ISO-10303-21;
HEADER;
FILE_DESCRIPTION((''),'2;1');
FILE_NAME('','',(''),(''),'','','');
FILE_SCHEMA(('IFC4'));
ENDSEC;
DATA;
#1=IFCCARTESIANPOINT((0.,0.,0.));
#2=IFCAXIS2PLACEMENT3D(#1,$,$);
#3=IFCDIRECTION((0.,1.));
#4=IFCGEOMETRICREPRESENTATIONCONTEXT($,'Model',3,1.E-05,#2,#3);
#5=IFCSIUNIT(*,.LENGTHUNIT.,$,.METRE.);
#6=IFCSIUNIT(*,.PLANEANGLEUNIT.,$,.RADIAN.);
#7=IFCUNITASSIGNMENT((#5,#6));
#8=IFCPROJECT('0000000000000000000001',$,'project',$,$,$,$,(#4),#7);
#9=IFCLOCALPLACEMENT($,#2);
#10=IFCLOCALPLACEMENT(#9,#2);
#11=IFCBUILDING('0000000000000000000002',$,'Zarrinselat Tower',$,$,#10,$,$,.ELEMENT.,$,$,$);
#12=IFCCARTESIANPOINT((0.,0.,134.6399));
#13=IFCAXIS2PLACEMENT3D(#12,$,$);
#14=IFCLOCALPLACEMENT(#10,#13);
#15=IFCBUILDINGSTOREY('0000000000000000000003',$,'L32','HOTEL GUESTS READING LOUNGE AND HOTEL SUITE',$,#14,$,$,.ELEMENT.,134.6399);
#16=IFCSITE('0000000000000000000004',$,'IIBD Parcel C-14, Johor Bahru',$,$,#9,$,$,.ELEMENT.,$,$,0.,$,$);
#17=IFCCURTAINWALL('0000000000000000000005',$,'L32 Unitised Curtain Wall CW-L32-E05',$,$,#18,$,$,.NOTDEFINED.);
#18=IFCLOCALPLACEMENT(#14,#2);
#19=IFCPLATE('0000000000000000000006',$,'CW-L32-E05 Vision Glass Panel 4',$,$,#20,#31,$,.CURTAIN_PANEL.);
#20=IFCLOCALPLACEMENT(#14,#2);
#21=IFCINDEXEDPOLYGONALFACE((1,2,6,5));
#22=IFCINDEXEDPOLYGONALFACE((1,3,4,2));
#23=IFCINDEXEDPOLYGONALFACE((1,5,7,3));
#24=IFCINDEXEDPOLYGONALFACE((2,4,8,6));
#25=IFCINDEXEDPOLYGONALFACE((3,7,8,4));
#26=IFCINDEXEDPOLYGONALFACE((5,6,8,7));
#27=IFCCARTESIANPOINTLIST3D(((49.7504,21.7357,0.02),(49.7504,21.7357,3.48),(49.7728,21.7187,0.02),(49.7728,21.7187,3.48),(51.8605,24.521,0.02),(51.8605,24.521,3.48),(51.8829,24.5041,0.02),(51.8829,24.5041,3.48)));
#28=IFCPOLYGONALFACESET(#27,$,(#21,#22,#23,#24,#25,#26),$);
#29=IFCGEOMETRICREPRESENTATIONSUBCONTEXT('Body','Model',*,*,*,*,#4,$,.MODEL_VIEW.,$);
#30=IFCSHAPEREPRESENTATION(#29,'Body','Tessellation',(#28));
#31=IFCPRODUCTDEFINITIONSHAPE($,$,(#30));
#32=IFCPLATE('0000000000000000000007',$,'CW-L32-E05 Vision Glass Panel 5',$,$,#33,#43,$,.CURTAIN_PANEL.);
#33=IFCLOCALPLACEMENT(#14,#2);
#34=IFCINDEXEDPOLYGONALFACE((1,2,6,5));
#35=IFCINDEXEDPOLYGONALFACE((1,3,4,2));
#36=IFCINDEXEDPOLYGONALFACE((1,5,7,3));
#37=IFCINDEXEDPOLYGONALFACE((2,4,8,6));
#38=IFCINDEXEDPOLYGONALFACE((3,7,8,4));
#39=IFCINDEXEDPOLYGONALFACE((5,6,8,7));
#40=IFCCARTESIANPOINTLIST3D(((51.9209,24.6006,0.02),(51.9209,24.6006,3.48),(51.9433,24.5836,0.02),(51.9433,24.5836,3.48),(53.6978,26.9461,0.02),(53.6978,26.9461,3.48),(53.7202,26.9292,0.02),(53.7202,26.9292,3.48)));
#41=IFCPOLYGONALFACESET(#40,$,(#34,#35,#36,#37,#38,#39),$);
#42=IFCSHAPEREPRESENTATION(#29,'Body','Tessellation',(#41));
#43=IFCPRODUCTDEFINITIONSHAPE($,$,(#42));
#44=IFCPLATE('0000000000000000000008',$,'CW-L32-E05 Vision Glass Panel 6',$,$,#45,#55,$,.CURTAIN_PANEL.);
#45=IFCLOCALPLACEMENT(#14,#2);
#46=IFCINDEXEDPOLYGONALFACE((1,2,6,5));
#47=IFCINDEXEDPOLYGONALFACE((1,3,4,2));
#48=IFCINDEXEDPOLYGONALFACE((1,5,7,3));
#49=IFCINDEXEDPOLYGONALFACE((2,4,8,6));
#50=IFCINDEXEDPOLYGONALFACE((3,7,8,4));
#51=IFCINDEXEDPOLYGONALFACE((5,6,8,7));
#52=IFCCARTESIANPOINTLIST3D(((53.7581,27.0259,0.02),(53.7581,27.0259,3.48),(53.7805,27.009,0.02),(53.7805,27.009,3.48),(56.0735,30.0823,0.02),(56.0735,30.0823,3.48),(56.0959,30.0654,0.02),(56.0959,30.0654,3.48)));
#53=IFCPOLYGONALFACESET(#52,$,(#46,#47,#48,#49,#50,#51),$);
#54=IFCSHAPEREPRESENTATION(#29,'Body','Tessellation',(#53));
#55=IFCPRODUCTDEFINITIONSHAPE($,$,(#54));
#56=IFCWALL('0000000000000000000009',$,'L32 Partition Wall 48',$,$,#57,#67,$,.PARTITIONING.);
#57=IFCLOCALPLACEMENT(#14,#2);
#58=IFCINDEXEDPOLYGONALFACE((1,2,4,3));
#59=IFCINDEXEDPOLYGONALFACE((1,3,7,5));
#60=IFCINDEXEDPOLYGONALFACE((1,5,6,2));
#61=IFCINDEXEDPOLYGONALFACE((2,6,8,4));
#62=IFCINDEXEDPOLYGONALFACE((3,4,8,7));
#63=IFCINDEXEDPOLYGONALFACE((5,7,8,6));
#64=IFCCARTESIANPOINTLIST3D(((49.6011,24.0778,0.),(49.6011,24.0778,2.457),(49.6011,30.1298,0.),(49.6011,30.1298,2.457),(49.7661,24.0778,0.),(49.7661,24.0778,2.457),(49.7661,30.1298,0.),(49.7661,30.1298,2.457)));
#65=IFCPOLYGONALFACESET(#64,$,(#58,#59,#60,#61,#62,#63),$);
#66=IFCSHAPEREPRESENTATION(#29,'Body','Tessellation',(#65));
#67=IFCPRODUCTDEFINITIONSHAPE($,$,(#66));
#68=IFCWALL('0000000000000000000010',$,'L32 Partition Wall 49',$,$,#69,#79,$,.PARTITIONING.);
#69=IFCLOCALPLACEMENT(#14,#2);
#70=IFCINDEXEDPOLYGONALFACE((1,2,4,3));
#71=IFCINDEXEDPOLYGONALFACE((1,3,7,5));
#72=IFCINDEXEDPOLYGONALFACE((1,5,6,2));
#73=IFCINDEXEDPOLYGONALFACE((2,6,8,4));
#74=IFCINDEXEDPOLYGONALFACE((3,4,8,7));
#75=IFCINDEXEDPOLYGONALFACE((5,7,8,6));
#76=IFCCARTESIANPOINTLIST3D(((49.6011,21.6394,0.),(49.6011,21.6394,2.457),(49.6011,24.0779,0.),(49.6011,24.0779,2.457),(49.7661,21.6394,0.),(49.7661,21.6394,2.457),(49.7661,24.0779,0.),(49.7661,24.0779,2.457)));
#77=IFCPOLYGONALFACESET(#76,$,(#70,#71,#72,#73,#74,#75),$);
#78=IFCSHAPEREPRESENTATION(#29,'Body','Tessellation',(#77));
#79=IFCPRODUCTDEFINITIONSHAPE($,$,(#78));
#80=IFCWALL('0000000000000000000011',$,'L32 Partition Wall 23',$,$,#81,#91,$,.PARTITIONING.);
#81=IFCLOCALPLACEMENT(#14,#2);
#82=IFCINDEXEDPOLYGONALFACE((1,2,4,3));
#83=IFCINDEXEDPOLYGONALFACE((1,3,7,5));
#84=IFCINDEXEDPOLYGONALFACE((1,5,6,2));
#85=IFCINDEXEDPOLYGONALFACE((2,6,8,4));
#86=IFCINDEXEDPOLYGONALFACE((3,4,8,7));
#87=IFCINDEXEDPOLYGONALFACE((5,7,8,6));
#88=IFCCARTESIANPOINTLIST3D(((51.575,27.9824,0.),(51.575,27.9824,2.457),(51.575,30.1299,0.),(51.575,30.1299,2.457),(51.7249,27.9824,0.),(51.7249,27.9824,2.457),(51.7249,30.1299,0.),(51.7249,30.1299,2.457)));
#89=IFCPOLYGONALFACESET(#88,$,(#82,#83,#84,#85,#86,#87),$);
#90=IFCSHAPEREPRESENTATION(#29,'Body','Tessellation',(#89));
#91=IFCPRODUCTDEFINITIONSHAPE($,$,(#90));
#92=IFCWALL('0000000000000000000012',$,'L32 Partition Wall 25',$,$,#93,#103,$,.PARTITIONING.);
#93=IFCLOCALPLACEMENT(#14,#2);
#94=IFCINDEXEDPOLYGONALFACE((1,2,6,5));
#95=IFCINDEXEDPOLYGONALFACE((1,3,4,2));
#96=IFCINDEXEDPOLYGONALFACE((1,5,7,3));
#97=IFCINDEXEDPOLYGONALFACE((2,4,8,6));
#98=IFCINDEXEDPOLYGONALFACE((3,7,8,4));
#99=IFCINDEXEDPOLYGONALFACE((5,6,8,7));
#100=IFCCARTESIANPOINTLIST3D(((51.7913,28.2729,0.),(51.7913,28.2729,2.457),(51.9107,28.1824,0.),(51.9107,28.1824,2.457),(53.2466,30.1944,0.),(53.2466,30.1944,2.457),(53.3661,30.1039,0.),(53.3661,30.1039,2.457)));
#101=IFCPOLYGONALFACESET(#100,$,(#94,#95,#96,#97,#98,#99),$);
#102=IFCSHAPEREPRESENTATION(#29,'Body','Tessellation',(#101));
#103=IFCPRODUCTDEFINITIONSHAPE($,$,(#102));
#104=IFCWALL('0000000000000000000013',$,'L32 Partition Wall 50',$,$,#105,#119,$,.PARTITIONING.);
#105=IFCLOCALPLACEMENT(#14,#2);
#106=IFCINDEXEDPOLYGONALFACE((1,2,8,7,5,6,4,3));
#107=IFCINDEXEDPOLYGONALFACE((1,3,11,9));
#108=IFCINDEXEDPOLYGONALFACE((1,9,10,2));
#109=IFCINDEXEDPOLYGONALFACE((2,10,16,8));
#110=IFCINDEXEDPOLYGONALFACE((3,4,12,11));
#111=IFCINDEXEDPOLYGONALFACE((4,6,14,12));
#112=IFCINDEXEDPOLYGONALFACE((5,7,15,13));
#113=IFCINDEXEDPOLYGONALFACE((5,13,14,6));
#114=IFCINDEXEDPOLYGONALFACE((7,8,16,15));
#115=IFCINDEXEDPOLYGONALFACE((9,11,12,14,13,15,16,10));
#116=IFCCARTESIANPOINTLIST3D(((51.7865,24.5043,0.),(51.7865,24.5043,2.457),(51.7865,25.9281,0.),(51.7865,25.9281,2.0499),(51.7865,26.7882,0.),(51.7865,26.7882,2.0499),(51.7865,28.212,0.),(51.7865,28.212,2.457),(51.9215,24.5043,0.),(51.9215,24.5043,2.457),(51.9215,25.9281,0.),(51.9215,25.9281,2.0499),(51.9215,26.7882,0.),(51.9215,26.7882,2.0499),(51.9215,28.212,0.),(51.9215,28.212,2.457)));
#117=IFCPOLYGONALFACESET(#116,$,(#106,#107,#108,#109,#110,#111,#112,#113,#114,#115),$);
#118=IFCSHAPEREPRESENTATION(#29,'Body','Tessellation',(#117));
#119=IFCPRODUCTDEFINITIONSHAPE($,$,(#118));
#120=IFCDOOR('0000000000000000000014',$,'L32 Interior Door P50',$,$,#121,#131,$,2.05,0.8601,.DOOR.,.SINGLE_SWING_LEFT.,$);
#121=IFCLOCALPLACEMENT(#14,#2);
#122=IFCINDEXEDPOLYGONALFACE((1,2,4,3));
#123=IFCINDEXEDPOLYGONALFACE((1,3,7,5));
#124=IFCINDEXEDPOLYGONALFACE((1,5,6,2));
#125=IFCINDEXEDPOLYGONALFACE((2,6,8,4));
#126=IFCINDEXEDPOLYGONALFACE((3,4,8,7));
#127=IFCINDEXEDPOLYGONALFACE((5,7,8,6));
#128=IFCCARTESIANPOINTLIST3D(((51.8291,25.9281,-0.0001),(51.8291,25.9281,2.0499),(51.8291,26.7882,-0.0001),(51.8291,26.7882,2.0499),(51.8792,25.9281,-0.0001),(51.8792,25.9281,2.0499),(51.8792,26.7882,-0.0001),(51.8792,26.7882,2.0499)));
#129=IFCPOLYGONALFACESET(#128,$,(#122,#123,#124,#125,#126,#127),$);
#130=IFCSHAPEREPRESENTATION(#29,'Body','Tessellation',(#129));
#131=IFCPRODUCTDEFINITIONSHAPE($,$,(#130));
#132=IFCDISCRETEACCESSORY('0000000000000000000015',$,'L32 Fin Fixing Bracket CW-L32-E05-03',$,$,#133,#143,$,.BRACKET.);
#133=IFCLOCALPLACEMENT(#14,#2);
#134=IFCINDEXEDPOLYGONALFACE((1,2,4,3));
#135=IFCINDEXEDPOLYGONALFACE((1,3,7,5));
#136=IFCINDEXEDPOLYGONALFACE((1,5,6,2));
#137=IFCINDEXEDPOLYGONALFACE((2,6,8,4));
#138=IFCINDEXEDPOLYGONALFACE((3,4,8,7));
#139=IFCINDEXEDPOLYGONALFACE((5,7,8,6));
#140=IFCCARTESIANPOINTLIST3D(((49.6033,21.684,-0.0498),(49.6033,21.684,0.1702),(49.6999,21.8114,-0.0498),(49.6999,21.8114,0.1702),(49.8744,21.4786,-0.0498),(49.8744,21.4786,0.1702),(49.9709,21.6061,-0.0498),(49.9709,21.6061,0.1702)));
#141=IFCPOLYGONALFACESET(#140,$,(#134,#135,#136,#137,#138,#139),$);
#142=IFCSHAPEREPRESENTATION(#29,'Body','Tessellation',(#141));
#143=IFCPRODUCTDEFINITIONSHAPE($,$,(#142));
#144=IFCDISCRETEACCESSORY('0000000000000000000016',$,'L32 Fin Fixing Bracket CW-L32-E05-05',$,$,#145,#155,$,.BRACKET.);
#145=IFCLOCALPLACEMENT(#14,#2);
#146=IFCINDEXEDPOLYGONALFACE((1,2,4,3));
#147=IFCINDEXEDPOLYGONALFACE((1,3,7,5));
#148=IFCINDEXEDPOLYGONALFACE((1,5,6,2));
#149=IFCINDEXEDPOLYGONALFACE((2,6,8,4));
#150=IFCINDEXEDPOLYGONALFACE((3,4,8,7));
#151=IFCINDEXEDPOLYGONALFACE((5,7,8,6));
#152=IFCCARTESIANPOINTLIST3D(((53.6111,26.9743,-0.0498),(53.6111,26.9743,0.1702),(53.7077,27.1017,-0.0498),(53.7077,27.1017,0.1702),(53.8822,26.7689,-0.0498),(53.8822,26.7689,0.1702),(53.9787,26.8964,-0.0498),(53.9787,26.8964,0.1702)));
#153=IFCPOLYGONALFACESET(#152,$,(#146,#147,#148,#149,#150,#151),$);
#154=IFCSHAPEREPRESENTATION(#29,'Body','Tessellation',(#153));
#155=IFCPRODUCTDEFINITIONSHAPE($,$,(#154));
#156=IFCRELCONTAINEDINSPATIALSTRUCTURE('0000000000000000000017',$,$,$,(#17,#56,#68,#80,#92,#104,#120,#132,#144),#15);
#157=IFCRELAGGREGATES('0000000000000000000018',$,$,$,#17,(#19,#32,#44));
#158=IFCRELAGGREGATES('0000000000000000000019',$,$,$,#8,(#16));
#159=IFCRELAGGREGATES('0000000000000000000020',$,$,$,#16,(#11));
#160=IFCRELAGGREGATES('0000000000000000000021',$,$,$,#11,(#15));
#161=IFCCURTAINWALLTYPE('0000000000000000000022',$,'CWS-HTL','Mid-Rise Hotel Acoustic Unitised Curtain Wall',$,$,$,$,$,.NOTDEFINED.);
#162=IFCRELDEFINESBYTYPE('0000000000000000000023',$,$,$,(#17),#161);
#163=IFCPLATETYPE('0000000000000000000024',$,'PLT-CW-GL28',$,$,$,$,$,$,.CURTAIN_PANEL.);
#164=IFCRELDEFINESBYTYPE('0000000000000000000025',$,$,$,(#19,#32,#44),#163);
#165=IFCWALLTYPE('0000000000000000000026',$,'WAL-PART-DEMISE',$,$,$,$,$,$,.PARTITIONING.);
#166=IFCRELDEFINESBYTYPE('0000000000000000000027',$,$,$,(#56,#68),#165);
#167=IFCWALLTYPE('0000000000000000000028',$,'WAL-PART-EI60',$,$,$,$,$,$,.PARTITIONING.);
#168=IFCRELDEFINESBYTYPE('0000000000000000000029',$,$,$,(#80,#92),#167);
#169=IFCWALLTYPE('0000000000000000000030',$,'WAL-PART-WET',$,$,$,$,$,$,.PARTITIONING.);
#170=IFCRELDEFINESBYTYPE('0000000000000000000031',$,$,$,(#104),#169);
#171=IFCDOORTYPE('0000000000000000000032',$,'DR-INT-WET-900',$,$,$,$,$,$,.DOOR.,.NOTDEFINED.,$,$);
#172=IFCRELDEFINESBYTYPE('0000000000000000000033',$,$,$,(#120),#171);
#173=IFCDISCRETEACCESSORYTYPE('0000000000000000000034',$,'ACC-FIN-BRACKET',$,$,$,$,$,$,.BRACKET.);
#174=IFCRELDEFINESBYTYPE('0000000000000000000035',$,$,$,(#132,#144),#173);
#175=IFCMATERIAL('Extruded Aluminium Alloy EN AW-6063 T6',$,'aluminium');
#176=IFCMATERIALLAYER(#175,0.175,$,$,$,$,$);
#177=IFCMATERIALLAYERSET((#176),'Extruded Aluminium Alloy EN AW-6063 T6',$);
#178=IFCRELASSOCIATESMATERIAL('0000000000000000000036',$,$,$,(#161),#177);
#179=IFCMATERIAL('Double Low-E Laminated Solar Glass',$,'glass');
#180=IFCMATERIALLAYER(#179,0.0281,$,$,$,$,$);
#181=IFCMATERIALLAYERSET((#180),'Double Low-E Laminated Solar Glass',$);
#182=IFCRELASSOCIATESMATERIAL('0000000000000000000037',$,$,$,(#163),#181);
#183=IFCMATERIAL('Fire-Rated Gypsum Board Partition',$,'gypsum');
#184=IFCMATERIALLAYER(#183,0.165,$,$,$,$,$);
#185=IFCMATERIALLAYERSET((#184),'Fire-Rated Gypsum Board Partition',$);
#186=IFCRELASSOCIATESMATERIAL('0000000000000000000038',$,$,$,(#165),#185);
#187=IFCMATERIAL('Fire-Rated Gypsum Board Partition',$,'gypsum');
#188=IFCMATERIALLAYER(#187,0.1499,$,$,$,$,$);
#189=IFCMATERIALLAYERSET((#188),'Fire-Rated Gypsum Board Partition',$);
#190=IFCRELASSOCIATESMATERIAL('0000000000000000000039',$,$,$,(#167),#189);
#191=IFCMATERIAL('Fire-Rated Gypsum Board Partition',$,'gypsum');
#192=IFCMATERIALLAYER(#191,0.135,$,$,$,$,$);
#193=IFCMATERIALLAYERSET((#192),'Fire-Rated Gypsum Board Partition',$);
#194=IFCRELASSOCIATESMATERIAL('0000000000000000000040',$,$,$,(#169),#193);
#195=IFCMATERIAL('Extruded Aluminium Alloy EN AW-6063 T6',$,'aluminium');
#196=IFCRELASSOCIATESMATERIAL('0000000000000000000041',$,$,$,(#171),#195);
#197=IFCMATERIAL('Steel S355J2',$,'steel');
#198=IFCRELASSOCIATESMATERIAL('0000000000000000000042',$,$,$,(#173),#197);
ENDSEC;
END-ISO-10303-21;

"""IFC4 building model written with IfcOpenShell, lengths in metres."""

from ifc_helpers import new_model, si_unit, direction, frame, frame_2d, origin, origin_2d, place, context, subcontext, project, spatial, rectangle, extrude, material, layer, layer_set, type_object, element, fill, aggregate, save


model = new_model("IFC4")

# Units and contexts
model_context = context("Model", 3, precision=1e-05, world=origin(), true_north=direction((0.0, 1.0)))
body_context = subcontext(model_context, "Body", "Model", "MODEL_VIEW")
ifc_project = project(units=[si_unit("LENGTHUNIT", "METRE"), si_unit("PLANEANGLEUNIT", "RADIAN")], contexts=[model_context])

# Site, building, storey
site_placement = place(None, origin())
site = spatial("IfcSite", under=ifc_project, at=site_placement, Name="IIBD Parcel C-14, Johor Bahru", CompositionType="ELEMENT", RefElevation=0.0)
building_placement = place(site_placement, origin())
building = spatial("IfcBuilding", under=site, at=building_placement, Name="Zarrinselat Tower", CompositionType="ELEMENT")
storey_placement = place(building_placement, frame((0.0, 0.0, 134.6399)))
storey = spatial("IfcBuildingStorey", under=building, at=storey_placement, Name="L32", Description="HOTEL GUESTS READING LOUNGE AND HOTEL SUITE", CompositionType="ELEMENT", Elevation=134.6399)

# Curtain wall, plates
ifc_material_1 = material(Name="Extruded Aluminium Alloy EN AW-6063 T6", Category="aluminium")
ifc_layer_1 = layer(ifc_material_1, 0.175)
ifc_layer_set_1 = layer_set([ifc_layer_1], Name="Extruded Aluminium Alloy EN AW-6063 T6")
curtain_wall_type = type_object("IfcCurtainWallType", Name="CWS-HTL", Description="Mid-Rise Hotel Acoustic Unitised Curtain Wall", PredefinedType="NOTDEFINED", material=ifc_layer_set_1)
curtain_wall_placement = place(storey_placement, origin())
curtain_wall = element("IfcCurtainWall", 1, at=curtain_wall_placement, inside=storey, type_object=curtain_wall_type, Name="L32 Unitised Curtain Wall CW-L32-E05", PredefinedType="NOTDEFINED")
ifc_material_2 = material(Name="Double Low-E Laminated Solar Glass", Category="glass")
ifc_layer_2 = layer(ifc_material_2, 0.0281)
ifc_layer_set_2 = layer_set([ifc_layer_2], Name="Double Low-E Laminated Solar Glass")
plate_type = type_object("IfcPlateType", Name="PLT-CW-GL28", PredefinedType="CURTAIN_PANEL", material=ifc_layer_set_2)
plate_1_placement = place(storey_placement, frame((50.8167, 23.1199, 0.02), z_axis=(0.0, 0.0, 1.0), x_axis=(0.603856, 0.797094, 0.0)))
plate_1 = element("IfcPlate", 2, at=plate_1_placement, type_object=plate_type, Name="CW-L32-E05 Vision Glass Panel 4", PredefinedType="CURTAIN_PANEL", context=body_context, shape_type="SweptSolid", body=[
    extrude(rectangle(XDim=3.4944, YDim=0.0281, at=origin_2d()), origin(), (0.0, 0.0, 1.0), 3.46),
])
plate_2_placement = place(storey_placement, frame((52.8206, 25.7649, 0.02), z_axis=(0.0, 0.0, 1.0), x_axis=(0.603856, 0.797094, 0.0)))
plate_2 = element("IfcPlate", 3, at=plate_2_placement, type_object=plate_type, Name="CW-L32-E05 Vision Glass Panel 5", PredefinedType="CURTAIN_PANEL", context=body_context, shape_type="SweptSolid", body=[
    extrude(rectangle(XDim=2.9426, YDim=0.0281, at=origin_2d()), origin(), (0.0, 0.0, 1.0), 3.46),
])
plate_3_placement = place(storey_placement, frame((54.927, 28.5457, 0.02), z_axis=(0.0, 0.0, 1.0), x_axis=(0.603856, 0.797094, 0.0)))
plate_3 = element("IfcPlate", 4, at=plate_3_placement, type_object=plate_type, Name="CW-L32-E05 Vision Glass Panel 6", PredefinedType="CURTAIN_PANEL", context=body_context, shape_type="SweptSolid", body=[
    extrude(rectangle(XDim=3.8345, YDim=0.0281, at=origin_2d()), origin(), (0.0, 0.0, 1.0), 3.46),
])
aggregate(curtain_wall, [plate_1, plate_2, plate_3])

# Walls
ifc_material_3 = material(Name="Fire-Rated Gypsum Board Partition", Category="gypsum")
ifc_layer_3 = layer(ifc_material_3, 0.165)
ifc_layer_set_3 = layer_set([ifc_layer_3], Name="Fire-Rated Gypsum Board Partition")
wall_type_1 = type_object("IfcWallType", Name="WAL-PART-DEMISE", PredefinedType="PARTITIONING", material=ifc_layer_set_3)
wall_1_placement = place(storey_placement, frame((49.6836, 24.0779, 0.0), z_axis=(0.0, 0.0, 1.0), x_axis=(0.0, 1.0, 0.0)))
element("IfcWall", 5, at=wall_1_placement, inside=storey, type_object=wall_type_1, Name="L32 Partition Wall 48", PredefinedType="PARTITIONING", context=body_context, shape_type="SweptSolid", body=[
    extrude(rectangle(XDim=6.052, YDim=0.165, at=frame_2d((3.0259, 0.0))), origin(), (0.0, 0.0, 1.0), 2.457),
])
wall_2_placement = place(storey_placement, frame((49.6836, 21.6394, 0.0), z_axis=(0.0, 0.0, 1.0), x_axis=(0.0, 1.0, 0.0)))
element("IfcWall", 6, at=wall_2_placement, inside=storey, type_object=wall_type_1, Name="L32 Partition Wall 49", PredefinedType="PARTITIONING", context=body_context, shape_type="SweptSolid", body=[
    extrude(rectangle(XDim=2.4385, YDim=0.165, at=frame_2d((1.2192, 0.0))), origin(), (0.0, 0.0, 1.0), 2.457),
])
ifc_material_4 = material(Name="Fire-Rated Gypsum Board Partition", Category="gypsum")
ifc_layer_4 = layer(ifc_material_4, 0.1499)
ifc_layer_set_4 = layer_set([ifc_layer_4], Name="Fire-Rated Gypsum Board Partition")
wall_type_2 = type_object("IfcWallType", Name="WAL-PART-EI60", PredefinedType="PARTITIONING", material=ifc_layer_set_4)
wall_3_placement = place(storey_placement, frame((51.6499, 27.9824, 0.0), z_axis=(0.0, 0.0, 1.0), x_axis=(0.0, 1.0, 0.0)))
element("IfcWall", 7, at=wall_3_placement, inside=storey, type_object=wall_type_2, Name="L32 Partition Wall 23", PredefinedType="PARTITIONING", context=body_context, shape_type="SweptSolid", body=[
    extrude(rectangle(XDim=2.1475, YDim=0.1499, at=frame_2d((1.0737, 0.0))), origin(), (0.0, 0.0, 1.0), 2.457),
])
wall_4_placement = place(storey_placement, frame((51.8511, 28.2278, 0.0), z_axis=(0.0, 0.0, 1.0), x_axis=(0.603786, 0.797147, 0.0)))
element("IfcWall", 8, at=wall_4_placement, inside=storey, type_object=wall_type_2, Name="L32 Partition Wall 25", PredefinedType="PARTITIONING", context=body_context, shape_type="SweptSolid", body=[
    extrude(rectangle(XDim=2.4104, YDim=0.1499, at=frame_2d((1.2051, 0.0))), origin(), (0.0, 0.0, 1.0), 2.457),
])

# Wall, opening, door
ifc_material_5 = material(Name="Fire-Rated Gypsum Board Partition", Category="gypsum")
ifc_layer_5 = layer(ifc_material_5, 0.135)
ifc_layer_set_5 = layer_set([ifc_layer_5], Name="Fire-Rated Gypsum Board Partition")
wall_type_3 = type_object("IfcWallType", Name="WAL-PART-WET", PredefinedType="PARTITIONING", material=ifc_layer_set_5)
wall_5_placement = place(storey_placement, frame((51.854, 24.5042, 0.0), z_axis=(0.0, 0.0, 1.0), x_axis=(0.0, 1.0, 0.0)))
wall_5 = element("IfcWall", 9, at=wall_5_placement, inside=storey, type_object=wall_type_3, Name="L32 Partition Wall 50", PredefinedType="PARTITIONING", context=body_context, shape_type="SweptSolid", body=[
    extrude(rectangle(XDim=3.7078, YDim=0.135, at=frame_2d((1.854, 0.0))), origin(), (0.0, 0.0, 1.0), 2.457),
])
opening_placement = place(wall_5_placement, frame((1.4238, 0.0, 0.0)))
opening = element("IfcOpeningElement", 10, at=opening_placement, cuts=wall_5, PredefinedType="OPENING", context=body_context, shape_type="SweptSolid", body=[
    extrude(rectangle(XDim=0.8601, YDim=2.05, at=frame_2d((0.4302, 1.0249))), frame((0.0, 0.0774, 0.0), z_axis=(0.0, -1.0, 0.0), x_axis=(1.0, 0.0, 0.0)), (0.0, 0.0, 1.0), 0.155),
])
ifc_material_6 = material(Name="Extruded Aluminium Alloy EN AW-6063 T6", Category="aluminium")
door_type = type_object("IfcDoorType", Name="DR-INT-WET-900", OperationType="NOTDEFINED", PredefinedType="DOOR", material=ifc_material_6)
door_placement = place(opening_placement, origin())
door = element("IfcDoor", 11, at=door_placement, inside=storey, type_object=door_type, Name="L32 Interior Door P50", OperationType="SINGLE_SWING_LEFT", OverallHeight=2.05, OverallWidth=0.8601, PredefinedType="DOOR", context=body_context, shape_type="SweptSolid", body=[
    extrude(rectangle(XDim=0.8601, YDim=2.05, at=frame_2d((0.4302, 1.0249))), frame((0.0, 0.0249, 0.0), z_axis=(0.0, -1.0, 0.0), x_axis=(1.0, 0.0, 0.0)), (0.0, 0.0, 1.0), 0.05),
])
fill(opening, door)

# Discrete accessories
ifc_material_7 = material(Name="Steel S355J2", Category="steel")
discrete_accessory_type = type_object("IfcDiscreteAccessoryType", Name="ACC-FIN-BRACKET", PredefinedType="BRACKET", material=ifc_material_7)
for number, where, z_axis, x_axis, name in (
    (12, (49.7871, 21.645, -0.0498), (0.0, 0.0, 1.0), (0.797094, -0.603856, 0.0), "L32 Fin Fixing Bracket CW-L32-E05-03"),
    (13, (53.7949, 26.9353, -0.0498), (0.0, 0.0, 1.0), (0.797094, -0.603856, 0.0), "L32 Fin Fixing Bracket CW-L32-E05-05"),
):
    element("IfcDiscreteAccessory", number, at=place(storey_placement, frame(where, z_axis=z_axis, x_axis=x_axis)), inside=storey, type_object=discrete_accessory_type, Name=name, PredefinedType="BRACKET", context=body_context, shape_type="SweptSolid", body=[
        extrude(rectangle(XDim=0.3401, YDim=0.1599, at=origin_2d()), origin(), (0.0, 0.0, 1.0), 0.22),
    ])

save(model, "model.ifc")
